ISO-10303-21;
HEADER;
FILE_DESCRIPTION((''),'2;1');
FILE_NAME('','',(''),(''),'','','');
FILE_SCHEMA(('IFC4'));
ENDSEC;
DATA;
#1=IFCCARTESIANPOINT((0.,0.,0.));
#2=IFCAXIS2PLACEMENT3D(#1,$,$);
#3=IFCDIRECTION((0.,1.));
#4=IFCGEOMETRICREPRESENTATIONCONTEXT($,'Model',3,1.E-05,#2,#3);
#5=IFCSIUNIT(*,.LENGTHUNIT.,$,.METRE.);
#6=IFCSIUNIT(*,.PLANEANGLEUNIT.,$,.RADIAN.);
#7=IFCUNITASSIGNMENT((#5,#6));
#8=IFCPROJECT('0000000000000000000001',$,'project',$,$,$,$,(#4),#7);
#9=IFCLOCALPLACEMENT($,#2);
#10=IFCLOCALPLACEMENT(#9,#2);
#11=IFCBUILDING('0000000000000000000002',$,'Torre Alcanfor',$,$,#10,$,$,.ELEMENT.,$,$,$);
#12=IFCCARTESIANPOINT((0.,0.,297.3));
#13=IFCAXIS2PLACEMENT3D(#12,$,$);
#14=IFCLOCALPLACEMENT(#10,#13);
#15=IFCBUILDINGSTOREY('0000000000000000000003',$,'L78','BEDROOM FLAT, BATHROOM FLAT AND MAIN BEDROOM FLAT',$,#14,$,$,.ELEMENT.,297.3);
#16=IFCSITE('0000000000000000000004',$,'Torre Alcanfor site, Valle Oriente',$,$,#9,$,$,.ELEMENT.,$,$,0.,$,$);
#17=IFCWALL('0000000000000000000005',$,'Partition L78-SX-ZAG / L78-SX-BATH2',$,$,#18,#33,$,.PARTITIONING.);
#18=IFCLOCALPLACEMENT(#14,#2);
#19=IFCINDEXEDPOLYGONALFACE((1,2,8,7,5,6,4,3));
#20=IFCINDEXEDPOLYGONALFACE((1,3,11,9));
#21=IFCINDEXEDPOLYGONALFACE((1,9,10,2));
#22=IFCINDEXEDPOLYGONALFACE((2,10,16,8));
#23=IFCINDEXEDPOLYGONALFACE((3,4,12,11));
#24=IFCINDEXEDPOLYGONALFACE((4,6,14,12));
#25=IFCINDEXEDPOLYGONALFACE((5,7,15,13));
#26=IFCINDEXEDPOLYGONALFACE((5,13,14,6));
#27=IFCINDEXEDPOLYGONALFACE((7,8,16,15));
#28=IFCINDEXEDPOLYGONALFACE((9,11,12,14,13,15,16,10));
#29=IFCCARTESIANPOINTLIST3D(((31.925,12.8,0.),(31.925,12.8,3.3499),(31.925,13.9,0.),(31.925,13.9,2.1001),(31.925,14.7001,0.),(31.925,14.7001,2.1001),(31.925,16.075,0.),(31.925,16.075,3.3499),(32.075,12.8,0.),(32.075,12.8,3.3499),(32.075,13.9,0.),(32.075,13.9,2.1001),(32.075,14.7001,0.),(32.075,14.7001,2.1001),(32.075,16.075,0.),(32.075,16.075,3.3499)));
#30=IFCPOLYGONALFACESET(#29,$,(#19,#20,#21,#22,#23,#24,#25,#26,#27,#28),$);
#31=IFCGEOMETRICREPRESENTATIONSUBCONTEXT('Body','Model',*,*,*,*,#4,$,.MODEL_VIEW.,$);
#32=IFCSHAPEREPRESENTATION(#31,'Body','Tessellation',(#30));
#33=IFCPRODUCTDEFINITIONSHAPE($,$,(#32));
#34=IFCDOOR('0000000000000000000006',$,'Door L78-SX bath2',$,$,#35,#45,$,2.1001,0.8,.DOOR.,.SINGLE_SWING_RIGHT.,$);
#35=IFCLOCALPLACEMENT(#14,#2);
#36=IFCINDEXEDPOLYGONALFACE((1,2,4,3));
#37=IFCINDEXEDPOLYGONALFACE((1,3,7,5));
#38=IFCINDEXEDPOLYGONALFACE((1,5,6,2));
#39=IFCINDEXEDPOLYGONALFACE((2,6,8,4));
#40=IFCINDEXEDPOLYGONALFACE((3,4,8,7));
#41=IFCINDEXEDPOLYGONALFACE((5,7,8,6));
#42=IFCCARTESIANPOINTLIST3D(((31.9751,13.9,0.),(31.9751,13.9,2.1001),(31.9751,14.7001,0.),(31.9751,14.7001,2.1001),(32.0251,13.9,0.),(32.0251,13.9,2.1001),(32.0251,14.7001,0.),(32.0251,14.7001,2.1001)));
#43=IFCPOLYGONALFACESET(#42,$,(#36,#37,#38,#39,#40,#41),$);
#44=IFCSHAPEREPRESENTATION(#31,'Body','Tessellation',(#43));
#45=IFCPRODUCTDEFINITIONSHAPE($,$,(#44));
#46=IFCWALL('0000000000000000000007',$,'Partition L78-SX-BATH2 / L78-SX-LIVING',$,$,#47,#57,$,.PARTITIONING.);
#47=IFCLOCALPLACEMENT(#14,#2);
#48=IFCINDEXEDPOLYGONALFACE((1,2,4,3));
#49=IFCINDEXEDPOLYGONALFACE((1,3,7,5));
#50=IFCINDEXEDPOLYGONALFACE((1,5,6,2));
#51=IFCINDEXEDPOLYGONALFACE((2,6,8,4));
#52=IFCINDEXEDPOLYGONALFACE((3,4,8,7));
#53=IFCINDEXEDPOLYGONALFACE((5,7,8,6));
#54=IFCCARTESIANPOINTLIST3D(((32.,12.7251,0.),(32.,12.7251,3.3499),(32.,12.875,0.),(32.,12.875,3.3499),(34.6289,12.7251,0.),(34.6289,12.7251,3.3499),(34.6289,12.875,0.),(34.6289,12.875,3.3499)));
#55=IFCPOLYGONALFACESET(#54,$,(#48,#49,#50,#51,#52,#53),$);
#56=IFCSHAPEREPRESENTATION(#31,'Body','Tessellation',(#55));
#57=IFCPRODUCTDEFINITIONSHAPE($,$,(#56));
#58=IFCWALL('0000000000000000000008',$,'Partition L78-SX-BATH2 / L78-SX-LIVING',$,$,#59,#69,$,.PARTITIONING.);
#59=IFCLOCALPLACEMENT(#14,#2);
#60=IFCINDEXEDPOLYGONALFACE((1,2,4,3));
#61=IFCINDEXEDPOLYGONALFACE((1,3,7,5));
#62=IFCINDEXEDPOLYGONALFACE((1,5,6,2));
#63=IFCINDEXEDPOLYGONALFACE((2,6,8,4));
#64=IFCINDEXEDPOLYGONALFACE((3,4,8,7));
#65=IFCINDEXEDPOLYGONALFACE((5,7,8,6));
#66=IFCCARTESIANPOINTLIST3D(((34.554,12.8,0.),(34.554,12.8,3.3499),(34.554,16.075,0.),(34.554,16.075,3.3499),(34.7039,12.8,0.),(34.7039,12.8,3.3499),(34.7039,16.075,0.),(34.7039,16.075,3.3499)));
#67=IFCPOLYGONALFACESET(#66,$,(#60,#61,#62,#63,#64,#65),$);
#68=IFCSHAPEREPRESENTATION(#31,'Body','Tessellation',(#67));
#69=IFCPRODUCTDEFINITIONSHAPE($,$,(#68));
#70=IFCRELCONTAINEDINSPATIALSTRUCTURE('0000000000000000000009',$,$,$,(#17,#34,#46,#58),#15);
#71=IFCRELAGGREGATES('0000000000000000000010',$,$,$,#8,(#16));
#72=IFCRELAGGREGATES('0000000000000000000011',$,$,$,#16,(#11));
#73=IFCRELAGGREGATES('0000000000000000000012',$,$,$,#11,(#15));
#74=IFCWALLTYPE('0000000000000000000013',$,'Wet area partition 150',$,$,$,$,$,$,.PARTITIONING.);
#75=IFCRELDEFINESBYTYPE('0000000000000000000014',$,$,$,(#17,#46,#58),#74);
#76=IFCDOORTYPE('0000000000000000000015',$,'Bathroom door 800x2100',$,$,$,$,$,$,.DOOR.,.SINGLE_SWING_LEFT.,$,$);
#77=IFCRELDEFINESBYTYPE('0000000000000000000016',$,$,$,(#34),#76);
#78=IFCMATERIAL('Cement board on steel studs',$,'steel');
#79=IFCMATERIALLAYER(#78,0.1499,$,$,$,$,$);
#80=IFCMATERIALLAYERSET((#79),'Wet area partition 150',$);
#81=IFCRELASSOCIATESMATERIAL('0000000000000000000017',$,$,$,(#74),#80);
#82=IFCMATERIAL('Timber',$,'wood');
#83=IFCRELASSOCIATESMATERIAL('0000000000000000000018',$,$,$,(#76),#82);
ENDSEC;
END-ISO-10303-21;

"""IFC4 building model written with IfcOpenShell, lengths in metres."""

from ifc_helpers import new_model, si_unit, direction, frame, frame_2d, origin, place, context, subcontext, project, spatial, rectangle, extrude, material, layer, layer_set, type_object, element, fill, save


model = new_model("IFC4")

# Units and contexts
model_context = context("Model", 3, precision=1e-05, world=origin(), true_north=direction((0.0, 1.0)))
body_context = subcontext(model_context, "Body", "Model", "MODEL_VIEW")
ifc_project = project(units=[si_unit("LENGTHUNIT", "METRE"), si_unit("PLANEANGLEUNIT", "RADIAN")], contexts=[model_context])

# Site, building, storey
site_placement = place(None, origin())
site = spatial("IfcSite", under=ifc_project, at=site_placement, Name="Torre Alcanfor site, Valle Oriente", CompositionType="ELEMENT", RefElevation=0.0)
building_placement = place(site_placement, origin())
building = spatial("IfcBuilding", under=site, at=building_placement, Name="Torre Alcanfor", CompositionType="ELEMENT")
storey_placement = place(building_placement, frame((0.0, 0.0, 297.3)))
storey = spatial("IfcBuildingStorey", under=building, at=storey_placement, Name="L78", Description="BEDROOM FLAT, BATHROOM FLAT AND MAIN BEDROOM FLAT", CompositionType="ELEMENT", Elevation=297.3)

# Wall, opening, door
ifc_material_1 = material(Name="Cement board on steel studs", Category="steel")
ifc_layer_1 = layer(ifc_material_1, 0.1499)
ifc_layer_set_1 = layer_set([ifc_layer_1], Name="Wet area partition 150")
wall_type_1 = type_object("IfcWallType", Name="Wet area partition 150", PredefinedType="PARTITIONING", material=ifc_layer_set_1)
wall_1_placement = place(storey_placement, frame((32.0, 12.8, 0.0), z_axis=(0.0, 0.0, 1.0), x_axis=(0.0, 1.0, 0.0)))
wall_1 = element("IfcWall", 1, at=wall_1_placement, inside=storey, type_object=wall_type_1, Name="Partition L78-SX-ZAG / L78-SX-BATH2", PredefinedType="PARTITIONING", context=body_context, shape_type="SweptSolid", body=[
    extrude(rectangle(XDim=3.2749, YDim=0.1499, at=frame_2d((1.6375, 0.0))), origin(), (0.0, 0.0, 1.0), 3.3499),
])
opening_1_placement = place(wall_1_placement, frame((1.1001, 0.0, 0.0)))
opening_1 = element("IfcOpeningElement", 2, at=opening_1_placement, cuts=wall_1, PredefinedType="OPENING", context=body_context, shape_type="SweptSolid", body=[
    extrude(rectangle(XDim=0.8, YDim=2.1001, at=frame_2d((0.3999, 1.05))), frame((0.0, 0.085, 0.0), z_axis=(0.0, -1.0, 0.0), x_axis=(1.0, 0.0, 0.0)), (0.0, 0.0, 1.0), 0.1699),
])
ifc_material_2 = material(Name="Timber", Category="wood")
door_type_1 = type_object("IfcDoorType", Name="Bathroom door 800x2100", OperationType="SINGLE_SWING_LEFT", PredefinedType="DOOR", material=ifc_material_2)
door_1_placement = place(opening_1_placement, frame((0.8, 0.0, 0.0), z_axis=(0.0, 0.0, 1.0), x_axis=(-1.0, 0.0, 0.0)))
door_1 = element("IfcDoor", 3, at=door_1_placement, inside=storey, type_object=door_type_1, Name="Door L78-SX bath2", OperationType="SINGLE_SWING_RIGHT", OverallHeight=2.1001, OverallWidth=0.8, PredefinedType="DOOR", context=body_context, shape_type="SweptSolid", body=[
    extrude(rectangle(XDim=0.8, YDim=2.1001, at=frame_2d((0.4001, 1.05))), frame((0.0, 0.0251, 0.0), z_axis=(0.0, -1.0, 0.0), x_axis=(1.0, 0.0, 0.0)), (0.0, 0.0, 1.0), 0.05),
])
fill(opening_1, door_1)

# Walls
wall_2_placement = place(storey_placement, frame((32.0, 12.8, 0.0), z_axis=(0.0, 0.0, 1.0), x_axis=(1.0, 0.0, 0.0)))
element("IfcWall", 4, at=wall_2_placement, inside=storey, type_object=wall_type_1, Name="Partition L78-SX-BATH2 / L78-SX-LIVING", PredefinedType="PARTITIONING", context=body_context, shape_type="SweptSolid", body=[
    extrude(rectangle(XDim=2.6289, YDim=0.1499, at=frame_2d((1.3145, 0.0))), origin(), (0.0, 0.0, 1.0), 3.3499),
])
wall_3_placement = place(storey_placement, frame((34.6289, 12.8, 0.0), z_axis=(0.0, 0.0, 1.0), x_axis=(0.0, 1.0, 0.0)))
element("IfcWall", 5, at=wall_3_placement, inside=storey, type_object=wall_type_1, Name="Partition L78-SX-BATH2 / L78-SX-LIVING", PredefinedType="PARTITIONING", context=body_context, shape_type="SweptSolid", body=[
    extrude(rectangle(XDim=3.2749, YDim=0.1499, at=frame_2d((1.6375, 0.0))), origin(), (0.0, 0.0, 1.0), 3.3499),
])

save(model, "model.ifc")
